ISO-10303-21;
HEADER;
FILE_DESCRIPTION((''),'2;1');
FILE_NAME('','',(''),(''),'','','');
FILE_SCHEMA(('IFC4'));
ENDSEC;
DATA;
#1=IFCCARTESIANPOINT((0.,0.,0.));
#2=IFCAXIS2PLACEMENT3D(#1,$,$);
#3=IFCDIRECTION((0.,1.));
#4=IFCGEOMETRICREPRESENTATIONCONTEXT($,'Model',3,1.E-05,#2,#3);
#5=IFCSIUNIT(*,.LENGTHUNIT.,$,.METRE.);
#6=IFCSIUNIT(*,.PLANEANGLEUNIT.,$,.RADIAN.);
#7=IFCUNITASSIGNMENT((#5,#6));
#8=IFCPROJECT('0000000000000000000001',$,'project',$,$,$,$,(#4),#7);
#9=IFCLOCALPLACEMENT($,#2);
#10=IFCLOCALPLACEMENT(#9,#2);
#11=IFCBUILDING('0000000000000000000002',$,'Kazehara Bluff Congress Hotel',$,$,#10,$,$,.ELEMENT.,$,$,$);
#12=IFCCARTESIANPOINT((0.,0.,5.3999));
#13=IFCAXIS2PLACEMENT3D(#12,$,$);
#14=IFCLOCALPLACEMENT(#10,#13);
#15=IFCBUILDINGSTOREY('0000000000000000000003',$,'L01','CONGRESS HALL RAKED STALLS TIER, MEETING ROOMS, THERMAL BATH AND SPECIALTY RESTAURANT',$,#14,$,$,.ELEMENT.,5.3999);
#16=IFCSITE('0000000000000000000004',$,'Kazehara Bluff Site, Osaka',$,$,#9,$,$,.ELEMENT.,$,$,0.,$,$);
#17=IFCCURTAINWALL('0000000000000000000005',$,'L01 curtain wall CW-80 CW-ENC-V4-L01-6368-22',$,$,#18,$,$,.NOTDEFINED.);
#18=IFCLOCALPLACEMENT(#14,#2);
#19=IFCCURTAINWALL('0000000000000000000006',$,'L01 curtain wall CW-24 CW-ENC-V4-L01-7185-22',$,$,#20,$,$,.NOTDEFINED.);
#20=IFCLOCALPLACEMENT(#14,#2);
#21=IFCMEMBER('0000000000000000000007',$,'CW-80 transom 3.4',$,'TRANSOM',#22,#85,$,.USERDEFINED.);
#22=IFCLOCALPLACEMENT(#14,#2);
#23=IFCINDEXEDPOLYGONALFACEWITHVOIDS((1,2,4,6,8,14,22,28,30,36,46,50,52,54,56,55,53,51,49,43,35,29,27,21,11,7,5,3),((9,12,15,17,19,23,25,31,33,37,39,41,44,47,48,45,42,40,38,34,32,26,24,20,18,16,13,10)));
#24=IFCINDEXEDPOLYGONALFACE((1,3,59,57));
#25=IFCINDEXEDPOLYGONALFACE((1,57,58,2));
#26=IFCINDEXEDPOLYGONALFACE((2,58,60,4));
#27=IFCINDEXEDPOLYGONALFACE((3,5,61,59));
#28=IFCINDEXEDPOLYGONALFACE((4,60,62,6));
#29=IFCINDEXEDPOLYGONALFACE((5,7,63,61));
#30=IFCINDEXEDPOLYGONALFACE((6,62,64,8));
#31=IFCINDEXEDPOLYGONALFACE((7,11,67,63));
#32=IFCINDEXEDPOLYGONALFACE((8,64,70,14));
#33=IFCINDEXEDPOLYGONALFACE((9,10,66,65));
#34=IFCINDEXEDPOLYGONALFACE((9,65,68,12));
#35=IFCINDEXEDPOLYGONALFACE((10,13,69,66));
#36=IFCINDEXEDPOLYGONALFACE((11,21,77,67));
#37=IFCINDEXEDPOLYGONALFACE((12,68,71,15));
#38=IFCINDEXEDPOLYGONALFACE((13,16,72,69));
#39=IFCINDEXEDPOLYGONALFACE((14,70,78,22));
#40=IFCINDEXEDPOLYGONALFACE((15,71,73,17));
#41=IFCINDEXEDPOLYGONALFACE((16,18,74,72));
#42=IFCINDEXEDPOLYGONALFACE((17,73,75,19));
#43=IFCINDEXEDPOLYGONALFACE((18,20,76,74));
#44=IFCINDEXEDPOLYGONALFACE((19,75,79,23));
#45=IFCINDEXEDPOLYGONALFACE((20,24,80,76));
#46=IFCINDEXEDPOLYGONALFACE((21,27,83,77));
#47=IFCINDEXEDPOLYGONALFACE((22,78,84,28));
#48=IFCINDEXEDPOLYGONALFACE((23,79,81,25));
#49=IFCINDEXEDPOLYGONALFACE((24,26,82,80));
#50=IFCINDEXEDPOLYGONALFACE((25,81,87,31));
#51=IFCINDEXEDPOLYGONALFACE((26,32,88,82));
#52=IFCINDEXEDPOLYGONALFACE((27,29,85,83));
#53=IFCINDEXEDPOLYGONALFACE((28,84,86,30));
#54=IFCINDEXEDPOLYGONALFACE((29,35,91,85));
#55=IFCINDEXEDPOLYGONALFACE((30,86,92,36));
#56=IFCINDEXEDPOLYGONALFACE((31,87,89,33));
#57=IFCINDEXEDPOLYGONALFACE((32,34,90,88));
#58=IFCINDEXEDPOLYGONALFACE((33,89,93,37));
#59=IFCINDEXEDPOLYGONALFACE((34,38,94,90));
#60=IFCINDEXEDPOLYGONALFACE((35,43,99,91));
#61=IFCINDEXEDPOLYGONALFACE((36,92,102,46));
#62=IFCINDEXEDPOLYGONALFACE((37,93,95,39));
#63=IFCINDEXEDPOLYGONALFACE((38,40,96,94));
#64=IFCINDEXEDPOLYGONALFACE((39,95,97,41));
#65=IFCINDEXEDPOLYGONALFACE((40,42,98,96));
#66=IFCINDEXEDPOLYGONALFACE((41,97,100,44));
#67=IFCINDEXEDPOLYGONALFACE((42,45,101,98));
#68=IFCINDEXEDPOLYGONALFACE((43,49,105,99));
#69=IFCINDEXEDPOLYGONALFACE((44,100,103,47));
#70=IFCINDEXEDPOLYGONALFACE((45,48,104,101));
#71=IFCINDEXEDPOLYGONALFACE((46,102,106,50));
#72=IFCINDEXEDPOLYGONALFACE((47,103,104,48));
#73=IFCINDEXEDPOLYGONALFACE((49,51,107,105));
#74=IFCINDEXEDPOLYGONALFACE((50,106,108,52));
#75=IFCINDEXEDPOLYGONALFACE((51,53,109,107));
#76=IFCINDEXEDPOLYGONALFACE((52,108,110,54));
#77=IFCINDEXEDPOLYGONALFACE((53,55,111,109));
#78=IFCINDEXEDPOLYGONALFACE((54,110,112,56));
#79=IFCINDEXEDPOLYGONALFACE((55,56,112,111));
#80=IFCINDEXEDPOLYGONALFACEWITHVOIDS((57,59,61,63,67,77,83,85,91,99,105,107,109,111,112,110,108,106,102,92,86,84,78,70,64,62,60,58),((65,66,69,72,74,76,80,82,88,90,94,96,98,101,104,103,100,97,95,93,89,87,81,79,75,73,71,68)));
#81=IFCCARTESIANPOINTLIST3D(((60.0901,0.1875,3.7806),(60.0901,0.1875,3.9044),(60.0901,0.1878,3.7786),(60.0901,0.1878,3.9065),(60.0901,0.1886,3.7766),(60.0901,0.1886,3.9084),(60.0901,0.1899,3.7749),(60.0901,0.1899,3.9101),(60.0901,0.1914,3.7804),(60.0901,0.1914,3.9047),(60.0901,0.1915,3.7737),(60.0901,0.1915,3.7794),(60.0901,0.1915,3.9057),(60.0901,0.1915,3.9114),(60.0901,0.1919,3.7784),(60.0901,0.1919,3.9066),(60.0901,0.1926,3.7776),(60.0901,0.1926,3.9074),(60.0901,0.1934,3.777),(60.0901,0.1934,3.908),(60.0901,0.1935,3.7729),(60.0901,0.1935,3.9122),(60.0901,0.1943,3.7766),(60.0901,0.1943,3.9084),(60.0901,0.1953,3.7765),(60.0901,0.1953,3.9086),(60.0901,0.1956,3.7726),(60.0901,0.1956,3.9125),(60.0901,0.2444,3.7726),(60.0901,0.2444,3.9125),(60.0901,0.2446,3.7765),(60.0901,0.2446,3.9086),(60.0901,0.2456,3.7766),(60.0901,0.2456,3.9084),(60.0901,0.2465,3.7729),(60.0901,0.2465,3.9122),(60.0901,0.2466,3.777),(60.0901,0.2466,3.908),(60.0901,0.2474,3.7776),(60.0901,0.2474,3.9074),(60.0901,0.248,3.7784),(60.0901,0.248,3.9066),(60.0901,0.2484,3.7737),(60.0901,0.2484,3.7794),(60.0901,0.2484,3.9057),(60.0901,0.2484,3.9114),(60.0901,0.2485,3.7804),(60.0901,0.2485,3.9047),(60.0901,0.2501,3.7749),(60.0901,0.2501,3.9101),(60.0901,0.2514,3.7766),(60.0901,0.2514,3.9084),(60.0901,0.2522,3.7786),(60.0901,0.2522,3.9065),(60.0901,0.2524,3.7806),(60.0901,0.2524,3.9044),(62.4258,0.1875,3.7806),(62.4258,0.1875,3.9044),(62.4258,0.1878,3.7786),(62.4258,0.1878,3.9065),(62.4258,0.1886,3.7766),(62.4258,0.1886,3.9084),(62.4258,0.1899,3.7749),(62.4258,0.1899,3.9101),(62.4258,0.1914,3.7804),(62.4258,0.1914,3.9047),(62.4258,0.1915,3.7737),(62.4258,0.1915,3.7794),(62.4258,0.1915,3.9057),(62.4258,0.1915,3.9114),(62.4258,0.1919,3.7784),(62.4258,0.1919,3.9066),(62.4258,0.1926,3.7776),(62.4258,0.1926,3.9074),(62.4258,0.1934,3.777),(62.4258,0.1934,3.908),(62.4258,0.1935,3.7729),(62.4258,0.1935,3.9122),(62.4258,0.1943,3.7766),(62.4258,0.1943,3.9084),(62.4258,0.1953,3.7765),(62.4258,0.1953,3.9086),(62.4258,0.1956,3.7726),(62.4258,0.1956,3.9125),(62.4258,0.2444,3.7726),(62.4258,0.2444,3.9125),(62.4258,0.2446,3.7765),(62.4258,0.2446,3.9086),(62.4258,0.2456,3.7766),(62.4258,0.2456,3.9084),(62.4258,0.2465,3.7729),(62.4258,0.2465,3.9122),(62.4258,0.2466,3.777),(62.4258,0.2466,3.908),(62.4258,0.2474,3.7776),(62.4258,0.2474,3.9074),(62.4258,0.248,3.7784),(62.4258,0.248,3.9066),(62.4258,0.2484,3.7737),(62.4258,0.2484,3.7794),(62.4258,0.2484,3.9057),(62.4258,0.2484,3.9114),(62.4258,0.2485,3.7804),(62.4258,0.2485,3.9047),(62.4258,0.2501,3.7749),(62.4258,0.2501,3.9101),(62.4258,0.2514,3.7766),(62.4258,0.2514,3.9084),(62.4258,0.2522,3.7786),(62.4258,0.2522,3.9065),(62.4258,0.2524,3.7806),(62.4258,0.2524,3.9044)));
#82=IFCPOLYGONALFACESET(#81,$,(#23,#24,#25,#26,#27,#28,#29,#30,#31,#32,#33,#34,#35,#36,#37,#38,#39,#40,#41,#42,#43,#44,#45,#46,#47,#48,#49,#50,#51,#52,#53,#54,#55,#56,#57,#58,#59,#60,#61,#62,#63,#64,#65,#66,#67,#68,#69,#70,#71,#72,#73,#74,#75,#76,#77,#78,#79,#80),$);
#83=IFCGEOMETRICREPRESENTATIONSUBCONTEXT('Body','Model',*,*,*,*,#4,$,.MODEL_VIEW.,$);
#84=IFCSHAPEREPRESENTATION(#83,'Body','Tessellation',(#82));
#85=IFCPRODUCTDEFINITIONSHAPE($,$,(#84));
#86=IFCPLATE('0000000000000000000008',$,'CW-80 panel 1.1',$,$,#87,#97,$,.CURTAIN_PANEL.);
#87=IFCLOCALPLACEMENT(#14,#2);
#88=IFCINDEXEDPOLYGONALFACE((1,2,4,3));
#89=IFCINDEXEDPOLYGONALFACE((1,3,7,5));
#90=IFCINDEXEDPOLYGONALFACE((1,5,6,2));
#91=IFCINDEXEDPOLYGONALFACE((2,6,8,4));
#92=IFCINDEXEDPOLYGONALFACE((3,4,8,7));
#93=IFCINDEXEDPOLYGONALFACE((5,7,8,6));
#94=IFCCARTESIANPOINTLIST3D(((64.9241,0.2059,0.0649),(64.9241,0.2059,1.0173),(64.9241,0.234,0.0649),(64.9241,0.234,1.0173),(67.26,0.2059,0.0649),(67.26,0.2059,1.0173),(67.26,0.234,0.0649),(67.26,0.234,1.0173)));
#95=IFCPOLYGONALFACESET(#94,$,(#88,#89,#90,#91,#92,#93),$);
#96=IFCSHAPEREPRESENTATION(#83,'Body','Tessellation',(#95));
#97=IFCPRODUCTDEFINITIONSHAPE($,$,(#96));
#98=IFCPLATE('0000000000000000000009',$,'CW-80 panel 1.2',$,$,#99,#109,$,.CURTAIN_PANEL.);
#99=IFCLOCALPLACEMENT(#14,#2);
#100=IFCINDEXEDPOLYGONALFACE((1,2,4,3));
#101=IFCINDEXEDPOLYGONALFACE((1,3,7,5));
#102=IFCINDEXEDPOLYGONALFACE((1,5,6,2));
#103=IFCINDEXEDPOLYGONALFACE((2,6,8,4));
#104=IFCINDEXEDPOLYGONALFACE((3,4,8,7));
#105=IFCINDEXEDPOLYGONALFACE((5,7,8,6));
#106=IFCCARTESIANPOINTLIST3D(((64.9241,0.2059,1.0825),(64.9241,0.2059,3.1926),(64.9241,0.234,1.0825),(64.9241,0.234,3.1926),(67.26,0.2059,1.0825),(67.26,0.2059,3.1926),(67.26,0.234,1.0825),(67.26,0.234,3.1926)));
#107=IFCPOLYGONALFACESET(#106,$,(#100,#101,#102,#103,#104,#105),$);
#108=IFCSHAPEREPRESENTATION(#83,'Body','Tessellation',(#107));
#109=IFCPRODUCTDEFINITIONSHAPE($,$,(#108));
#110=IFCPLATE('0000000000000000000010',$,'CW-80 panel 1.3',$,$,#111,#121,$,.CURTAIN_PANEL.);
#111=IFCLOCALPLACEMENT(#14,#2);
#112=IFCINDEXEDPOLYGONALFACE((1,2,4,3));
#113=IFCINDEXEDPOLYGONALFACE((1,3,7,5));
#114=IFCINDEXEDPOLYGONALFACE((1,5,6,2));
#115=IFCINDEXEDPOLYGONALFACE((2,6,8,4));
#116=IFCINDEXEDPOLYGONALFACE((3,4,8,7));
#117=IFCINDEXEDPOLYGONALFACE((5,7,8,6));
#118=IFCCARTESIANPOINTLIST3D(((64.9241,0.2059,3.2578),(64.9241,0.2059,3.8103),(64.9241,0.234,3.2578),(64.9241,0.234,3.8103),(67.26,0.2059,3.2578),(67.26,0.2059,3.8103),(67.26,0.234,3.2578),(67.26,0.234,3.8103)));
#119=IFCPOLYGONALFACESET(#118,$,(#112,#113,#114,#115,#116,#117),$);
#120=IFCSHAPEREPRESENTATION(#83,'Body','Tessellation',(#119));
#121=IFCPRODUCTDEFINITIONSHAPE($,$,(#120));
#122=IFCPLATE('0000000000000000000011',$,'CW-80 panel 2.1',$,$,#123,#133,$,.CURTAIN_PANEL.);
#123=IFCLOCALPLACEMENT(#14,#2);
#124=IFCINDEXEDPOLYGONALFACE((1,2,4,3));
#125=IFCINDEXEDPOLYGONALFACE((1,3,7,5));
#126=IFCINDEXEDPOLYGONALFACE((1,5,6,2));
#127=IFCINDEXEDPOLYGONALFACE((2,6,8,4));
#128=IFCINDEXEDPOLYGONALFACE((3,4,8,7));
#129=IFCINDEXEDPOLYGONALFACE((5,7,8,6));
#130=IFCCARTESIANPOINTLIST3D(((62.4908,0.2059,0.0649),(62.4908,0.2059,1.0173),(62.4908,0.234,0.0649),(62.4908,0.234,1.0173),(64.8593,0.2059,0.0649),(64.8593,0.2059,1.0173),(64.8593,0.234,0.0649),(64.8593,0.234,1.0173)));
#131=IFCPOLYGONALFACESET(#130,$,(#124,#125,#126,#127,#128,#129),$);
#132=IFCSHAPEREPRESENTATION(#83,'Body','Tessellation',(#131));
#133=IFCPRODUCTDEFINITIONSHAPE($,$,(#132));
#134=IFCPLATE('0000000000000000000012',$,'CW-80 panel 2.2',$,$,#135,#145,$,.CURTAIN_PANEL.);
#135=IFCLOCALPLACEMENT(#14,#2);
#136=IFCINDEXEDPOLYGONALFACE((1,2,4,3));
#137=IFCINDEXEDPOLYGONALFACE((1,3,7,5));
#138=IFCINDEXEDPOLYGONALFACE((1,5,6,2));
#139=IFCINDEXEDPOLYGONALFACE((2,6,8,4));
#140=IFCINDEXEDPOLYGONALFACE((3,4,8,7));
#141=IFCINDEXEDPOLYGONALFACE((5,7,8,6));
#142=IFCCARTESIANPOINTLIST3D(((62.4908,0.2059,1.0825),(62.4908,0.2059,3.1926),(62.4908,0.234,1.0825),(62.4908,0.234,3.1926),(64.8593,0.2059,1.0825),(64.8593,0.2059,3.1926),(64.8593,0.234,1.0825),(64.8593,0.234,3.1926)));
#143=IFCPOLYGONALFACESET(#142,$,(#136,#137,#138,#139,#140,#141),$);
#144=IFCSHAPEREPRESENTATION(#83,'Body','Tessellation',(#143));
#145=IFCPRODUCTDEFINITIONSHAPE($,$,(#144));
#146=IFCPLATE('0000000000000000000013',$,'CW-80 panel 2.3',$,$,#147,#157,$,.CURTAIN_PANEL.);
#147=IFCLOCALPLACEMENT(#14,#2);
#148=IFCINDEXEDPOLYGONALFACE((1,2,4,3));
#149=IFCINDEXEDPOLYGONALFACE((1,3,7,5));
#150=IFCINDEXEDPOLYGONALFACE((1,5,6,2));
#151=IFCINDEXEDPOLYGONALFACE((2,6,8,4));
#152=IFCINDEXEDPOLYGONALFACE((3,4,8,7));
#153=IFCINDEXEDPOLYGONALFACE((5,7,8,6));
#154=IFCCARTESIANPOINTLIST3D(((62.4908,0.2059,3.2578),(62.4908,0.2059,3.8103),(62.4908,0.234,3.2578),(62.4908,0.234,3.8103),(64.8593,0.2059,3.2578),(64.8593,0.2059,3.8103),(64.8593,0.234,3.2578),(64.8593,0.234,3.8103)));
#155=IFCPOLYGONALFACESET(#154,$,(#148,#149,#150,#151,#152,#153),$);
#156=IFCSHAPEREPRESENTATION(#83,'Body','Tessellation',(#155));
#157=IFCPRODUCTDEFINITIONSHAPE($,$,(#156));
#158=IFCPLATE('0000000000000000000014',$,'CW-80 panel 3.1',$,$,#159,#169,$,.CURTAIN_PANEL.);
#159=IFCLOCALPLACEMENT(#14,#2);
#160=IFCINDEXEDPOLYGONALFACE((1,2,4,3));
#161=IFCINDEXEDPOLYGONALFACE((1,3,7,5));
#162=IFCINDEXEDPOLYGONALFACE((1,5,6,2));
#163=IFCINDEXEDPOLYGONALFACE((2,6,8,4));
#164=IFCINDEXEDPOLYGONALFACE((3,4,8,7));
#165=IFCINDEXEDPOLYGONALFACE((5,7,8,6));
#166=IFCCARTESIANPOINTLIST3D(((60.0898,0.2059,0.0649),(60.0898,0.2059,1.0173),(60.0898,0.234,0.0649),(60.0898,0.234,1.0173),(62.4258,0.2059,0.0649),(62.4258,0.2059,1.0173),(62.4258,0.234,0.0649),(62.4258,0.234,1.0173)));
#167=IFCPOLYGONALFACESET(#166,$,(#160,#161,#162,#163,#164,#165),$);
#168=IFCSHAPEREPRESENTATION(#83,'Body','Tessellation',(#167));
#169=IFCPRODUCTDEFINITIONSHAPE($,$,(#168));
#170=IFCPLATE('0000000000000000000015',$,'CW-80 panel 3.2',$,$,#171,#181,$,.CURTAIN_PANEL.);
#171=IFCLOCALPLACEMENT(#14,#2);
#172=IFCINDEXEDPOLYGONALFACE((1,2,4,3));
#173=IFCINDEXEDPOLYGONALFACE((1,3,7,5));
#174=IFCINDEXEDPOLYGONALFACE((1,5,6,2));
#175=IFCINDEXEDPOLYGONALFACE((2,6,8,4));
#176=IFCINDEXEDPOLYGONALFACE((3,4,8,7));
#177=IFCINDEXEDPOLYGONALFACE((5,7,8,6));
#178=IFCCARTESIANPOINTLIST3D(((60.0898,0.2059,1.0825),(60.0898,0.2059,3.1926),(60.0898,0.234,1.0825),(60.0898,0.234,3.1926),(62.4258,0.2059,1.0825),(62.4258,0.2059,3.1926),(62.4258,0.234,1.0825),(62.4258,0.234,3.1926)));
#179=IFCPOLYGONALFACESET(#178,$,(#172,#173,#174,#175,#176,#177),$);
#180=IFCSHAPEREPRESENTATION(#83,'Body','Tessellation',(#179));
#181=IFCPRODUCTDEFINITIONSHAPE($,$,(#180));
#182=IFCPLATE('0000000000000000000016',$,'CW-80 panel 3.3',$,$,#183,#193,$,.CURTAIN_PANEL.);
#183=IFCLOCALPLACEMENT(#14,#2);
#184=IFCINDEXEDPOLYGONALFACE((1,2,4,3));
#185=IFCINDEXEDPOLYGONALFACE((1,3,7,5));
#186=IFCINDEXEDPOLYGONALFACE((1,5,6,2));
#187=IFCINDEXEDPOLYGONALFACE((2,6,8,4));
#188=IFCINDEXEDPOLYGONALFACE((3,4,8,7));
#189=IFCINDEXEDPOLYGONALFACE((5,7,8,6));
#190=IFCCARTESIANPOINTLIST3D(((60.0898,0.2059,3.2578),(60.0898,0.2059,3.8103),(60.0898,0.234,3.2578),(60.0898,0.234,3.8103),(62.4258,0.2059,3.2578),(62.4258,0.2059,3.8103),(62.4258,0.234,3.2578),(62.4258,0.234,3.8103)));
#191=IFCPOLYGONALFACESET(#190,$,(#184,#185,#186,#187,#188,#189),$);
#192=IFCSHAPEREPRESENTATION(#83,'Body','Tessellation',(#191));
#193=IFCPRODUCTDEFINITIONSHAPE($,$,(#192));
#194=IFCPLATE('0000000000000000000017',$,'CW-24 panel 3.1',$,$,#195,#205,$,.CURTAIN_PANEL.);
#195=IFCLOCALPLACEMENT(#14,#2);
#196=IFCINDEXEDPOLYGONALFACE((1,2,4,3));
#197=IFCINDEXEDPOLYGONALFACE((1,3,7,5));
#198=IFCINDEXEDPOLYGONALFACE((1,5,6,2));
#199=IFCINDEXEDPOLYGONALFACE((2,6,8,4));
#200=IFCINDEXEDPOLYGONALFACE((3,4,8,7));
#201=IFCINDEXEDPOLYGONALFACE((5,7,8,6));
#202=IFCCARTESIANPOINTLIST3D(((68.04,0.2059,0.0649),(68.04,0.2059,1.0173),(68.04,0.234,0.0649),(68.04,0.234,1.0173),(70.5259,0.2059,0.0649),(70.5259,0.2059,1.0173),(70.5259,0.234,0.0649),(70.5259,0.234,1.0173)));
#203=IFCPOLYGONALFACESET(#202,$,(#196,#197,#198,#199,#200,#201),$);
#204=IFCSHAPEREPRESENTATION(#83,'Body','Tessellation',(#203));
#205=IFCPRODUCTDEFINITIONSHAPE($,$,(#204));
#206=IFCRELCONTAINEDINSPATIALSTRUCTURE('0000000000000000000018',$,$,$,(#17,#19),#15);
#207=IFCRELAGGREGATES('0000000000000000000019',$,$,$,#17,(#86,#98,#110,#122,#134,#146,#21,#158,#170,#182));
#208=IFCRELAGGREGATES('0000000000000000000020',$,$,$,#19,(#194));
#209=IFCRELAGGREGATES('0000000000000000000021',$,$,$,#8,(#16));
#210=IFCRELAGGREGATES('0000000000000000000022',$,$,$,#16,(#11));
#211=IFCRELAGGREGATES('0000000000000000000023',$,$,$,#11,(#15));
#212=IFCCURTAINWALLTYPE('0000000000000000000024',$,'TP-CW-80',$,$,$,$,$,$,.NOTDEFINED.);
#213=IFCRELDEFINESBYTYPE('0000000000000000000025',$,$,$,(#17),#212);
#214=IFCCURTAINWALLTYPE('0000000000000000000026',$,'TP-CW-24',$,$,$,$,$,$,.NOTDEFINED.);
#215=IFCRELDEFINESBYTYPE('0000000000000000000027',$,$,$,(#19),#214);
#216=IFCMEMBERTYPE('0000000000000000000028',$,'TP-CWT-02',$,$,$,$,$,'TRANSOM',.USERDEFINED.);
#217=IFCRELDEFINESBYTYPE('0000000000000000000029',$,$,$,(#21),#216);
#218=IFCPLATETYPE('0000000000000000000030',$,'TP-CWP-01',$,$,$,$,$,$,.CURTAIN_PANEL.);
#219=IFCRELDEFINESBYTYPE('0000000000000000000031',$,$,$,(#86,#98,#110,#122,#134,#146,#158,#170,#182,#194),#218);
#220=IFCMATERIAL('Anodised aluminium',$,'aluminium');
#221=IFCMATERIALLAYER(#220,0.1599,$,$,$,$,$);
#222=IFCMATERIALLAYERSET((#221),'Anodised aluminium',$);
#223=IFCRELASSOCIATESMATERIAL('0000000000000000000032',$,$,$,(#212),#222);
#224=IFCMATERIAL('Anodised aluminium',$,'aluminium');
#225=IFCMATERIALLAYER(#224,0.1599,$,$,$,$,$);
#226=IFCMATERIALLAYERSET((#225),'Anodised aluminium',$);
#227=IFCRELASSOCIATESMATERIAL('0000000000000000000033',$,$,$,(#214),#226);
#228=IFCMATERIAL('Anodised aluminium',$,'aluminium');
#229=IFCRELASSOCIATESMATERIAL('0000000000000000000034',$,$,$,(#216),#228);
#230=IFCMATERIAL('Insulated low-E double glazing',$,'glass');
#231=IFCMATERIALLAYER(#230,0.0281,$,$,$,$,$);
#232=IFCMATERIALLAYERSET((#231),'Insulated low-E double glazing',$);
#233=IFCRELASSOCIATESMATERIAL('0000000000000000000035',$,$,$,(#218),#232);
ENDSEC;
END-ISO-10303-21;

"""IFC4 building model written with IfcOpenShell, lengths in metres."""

from ifc_helpers import new_model, si_unit, direction, frame, origin, origin_2d, place, context, subcontext, project, spatial, rectangle, hollow_rectangle, extrude, material, layer, layer_set, material_profile, profile_set, type_object, element, aggregate, save


model = new_model("IFC4")

# Units and contexts
model_context = context("Model", 3, precision=1e-05, world=origin(), true_north=direction((0.0, 1.0)))
body_context = subcontext(model_context, "Body", "Model", "MODEL_VIEW")
ifc_project = project(units=[si_unit("LENGTHUNIT", "METRE"), si_unit("PLANEANGLEUNIT", "RADIAN")], contexts=[model_context])

# Site, building, storey
site_placement = place(None, origin())
site = spatial("IfcSite", under=ifc_project, at=site_placement, Name="Kazehara Bluff Site, Osaka", CompositionType="ELEMENT", RefElevation=0.0)
building_placement = place(site_placement, origin())
building = spatial("IfcBuilding", under=site, at=building_placement, Name="Kazehara Bluff Congress Hotel", CompositionType="ELEMENT")
storey_placement = place(building_placement, frame((0.0, 0.0, 5.3999)))
storey = spatial("IfcBuildingStorey", under=building, at=storey_placement, Name="L01", Description="CONGRESS HALL RAKED STALLS TIER, MEETING ROOMS, THERMAL BATH AND SPECIALTY RESTAURANT", CompositionType="ELEMENT", Elevation=5.3999)

# Curtain wall
ifc_material_1 = material(Name="Anodised aluminium", Category="aluminium")
ifc_layer_1 = layer(ifc_material_1, 0.1599)
ifc_layer_set_1 = layer_set([ifc_layer_1], Name="Anodised aluminium")
curtain_wall_type_1 = type_object("IfcCurtainWallType", Name="TP-CW-80", PredefinedType="NOTDEFINED", material=ifc_layer_set_1)
curtain_wall_1_placement = place(storey_placement, origin())
curtain_wall_1 = element("IfcCurtainWall", 1, at=curtain_wall_1_placement, inside=storey, type_object=curtain_wall_type_1, Name="L01 curtain wall CW-80 CW-ENC-V4-L01-6368-22", PredefinedType="NOTDEFINED")

# Curtain wall
ifc_material_2 = material(Name="Anodised aluminium", Category="aluminium")
ifc_layer_2 = layer(ifc_material_2, 0.1599)
ifc_layer_set_2 = layer_set([ifc_layer_2], Name="Anodised aluminium")
curtain_wall_type_2 = type_object("IfcCurtainWallType", Name="TP-CW-24", PredefinedType="NOTDEFINED", material=ifc_layer_set_2)
curtain_wall_2_placement = place(storey_placement, origin())
curtain_wall_2 = element("IfcCurtainWall", 2, at=curtain_wall_2_placement, inside=storey, type_object=curtain_wall_type_2, Name="L01 curtain wall CW-24 CW-ENC-V4-L01-7185-22", PredefinedType="NOTDEFINED")

# Member
ifc_material_3 = material(Name="Anodised aluminium", Category="aluminium")
ifc_material_profile_1 = material_profile(ifc_material_3, hollow_rectangle(XDim=0.0649, YDim=0.1399, WallThickness=0.0039, InnerFilletRadius=0.0039, OuterFilletRadius=0.0081, at=origin_2d()))
ifc_profile_set_1 = profile_set([ifc_material_profile_1], Name="Anodised aluminium")
member_type_1 = type_object("IfcMemberType", Name="TP-CWT-02", ElementType="TRANSOM", PredefinedType="USERDEFINED", material=ifc_profile_set_1)
member_1_placement = place(storey_placement, frame((62.4258, 0.22, 3.8425), z_axis=(-1.0, 0.0, 0.0), x_axis=(0.0, -1.0, 0.0)))
member_1 = element("IfcMember", 3, at=member_1_placement, type_object=member_type_1, Name="CW-80 transom 3.4", ObjectType="TRANSOM", PredefinedType="USERDEFINED", context=body_context, shape_type="SweptSolid", body=[
    extrude(hollow_rectangle(XDim=0.0649, YDim=0.1399, WallThickness=0.0039, InnerFilletRadius=0.0039, OuterFilletRadius=0.0081, at=origin_2d()), origin(), (0.0, 0.0, 1.0), 2.3357),
])

# Plates
ifc_material_4 = material(Name="Insulated low-E double glazing", Category="glass")
ifc_layer_3 = layer(ifc_material_4, 0.0281)
ifc_layer_set_3 = layer_set([ifc_layer_3], Name="Insulated low-E double glazing")
plate_type = type_object("IfcPlateType", Name="TP-CWP-01", PredefinedType="CURTAIN_PANEL", material=ifc_layer_set_3)
plate_1_placement = place(storey_placement, frame((66.092, 0.22, 0.0649), z_axis=(0.0, 0.0, 1.0), x_axis=(-1.0, 0.0, 0.0)))
plate_1 = element("IfcPlate", 4, at=plate_1_placement, type_object=plate_type, Name="CW-80 panel 1.1", PredefinedType="CURTAIN_PANEL", context=body_context, shape_type="SweptSolid", body=[
    extrude(rectangle(XDim=2.3359, YDim=0.0281, at=origin_2d()), origin(), (0.0, 0.0, 1.0), 0.9524),
])
plate_2_placement = place(storey_placement, frame((66.092, 0.22, 1.0825), z_axis=(0.0, 0.0, 1.0), x_axis=(-1.0, 0.0, 0.0)))
plate_2 = element("IfcPlate", 5, at=plate_2_placement, type_object=plate_type, Name="CW-80 panel 1.2", PredefinedType="CURTAIN_PANEL", context=body_context, shape_type="SweptSolid", body=[
    extrude(rectangle(XDim=2.3359, YDim=0.0281, at=origin_2d()), origin(), (0.0, 0.0, 1.0), 2.1101),
])
plate_3_placement = place(storey_placement, frame((66.092, 0.22, 3.2578), z_axis=(0.0, 0.0, 1.0), x_axis=(-1.0, 0.0, 0.0)))
plate_3 = element("IfcPlate", 6, at=plate_3_placement, type_object=plate_type, Name="CW-80 panel 1.3", PredefinedType="CURTAIN_PANEL", context=body_context, shape_type="SweptSolid", body=[
    extrude(rectangle(XDim=2.3359, YDim=0.0281, at=origin_2d()), origin(), (0.0, 0.0, 1.0), 0.5525),
])
plate_4_placement = place(storey_placement, frame((63.675, 0.22, 0.0649), z_axis=(0.0, 0.0, 1.0), x_axis=(-1.0, 0.0, 0.0)))
plate_4 = element("IfcPlate", 7, at=plate_4_placement, type_object=plate_type, Name="CW-80 panel 2.1", PredefinedType="CURTAIN_PANEL", context=body_context, shape_type="SweptSolid", body=[
    extrude(rectangle(XDim=2.3684, YDim=0.0281, at=origin_2d()), origin(), (0.0, 0.0, 1.0), 0.9524),
])
plate_5_placement = place(storey_placement, frame((63.675, 0.22, 1.0825), z_axis=(0.0, 0.0, 1.0), x_axis=(-1.0, 0.0, 0.0)))
plate_5 = element("IfcPlate", 8, at=plate_5_placement, type_object=plate_type, Name="CW-80 panel 2.2", PredefinedType="CURTAIN_PANEL", context=body_context, shape_type="SweptSolid", body=[
    extrude(rectangle(XDim=2.3684, YDim=0.0281, at=origin_2d()), origin(), (0.0, 0.0, 1.0), 2.1101),
])
plate_6_placement = place(storey_placement, frame((63.675, 0.22, 3.2578), z_axis=(0.0, 0.0, 1.0), x_axis=(-1.0, 0.0, 0.0)))
plate_6 = element("IfcPlate", 9, at=plate_6_placement, type_object=plate_type, Name="CW-80 panel 2.3", PredefinedType="CURTAIN_PANEL", context=body_context, shape_type="SweptSolid", body=[
    extrude(rectangle(XDim=2.3684, YDim=0.0281, at=origin_2d()), origin(), (0.0, 0.0, 1.0), 0.5525),
])
plate_7_placement = place(storey_placement, frame((61.2578, 0.22, 0.0649), z_axis=(0.0, 0.0, 1.0), x_axis=(-1.0, 0.0, 0.0)))
plate_7 = element("IfcPlate", 10, at=plate_7_placement, type_object=plate_type, Name="CW-80 panel 3.1", PredefinedType="CURTAIN_PANEL", context=body_context, shape_type="SweptSolid", body=[
    extrude(rectangle(XDim=2.3359, YDim=0.0281, at=origin_2d()), origin(), (0.0, 0.0, 1.0), 0.9524),
])
plate_8_placement = place(storey_placement, frame((61.2578, 0.22, 1.0825), z_axis=(0.0, 0.0, 1.0), x_axis=(-1.0, 0.0, 0.0)))
plate_8 = element("IfcPlate", 11, at=plate_8_placement, type_object=plate_type, Name="CW-80 panel 3.2", PredefinedType="CURTAIN_PANEL", context=body_context, shape_type="SweptSolid", body=[
    extrude(rectangle(XDim=2.3359, YDim=0.0281, at=origin_2d()), origin(), (0.0, 0.0, 1.0), 2.1101),
])
plate_9_placement = place(storey_placement, frame((61.2578, 0.22, 3.2578), z_axis=(0.0, 0.0, 1.0), x_axis=(-1.0, 0.0, 0.0)))
plate_9 = element("IfcPlate", 12, at=plate_9_placement, type_object=plate_type, Name="CW-80 panel 3.3", PredefinedType="CURTAIN_PANEL", context=body_context, shape_type="SweptSolid", body=[
    extrude(rectangle(XDim=2.3359, YDim=0.0281, at=origin_2d()), origin(), (0.0, 0.0, 1.0), 0.5525),
])
aggregate(curtain_wall_1, [plate_1, plate_2, plate_3, plate_4, plate_5, plate_6, member_1, plate_7, plate_8, plate_9])
plate_10_placement = place(storey_placement, frame((69.283, 0.22, 0.0649), z_axis=(0.0, 0.0, 1.0), x_axis=(-1.0, 0.0, 0.0)))
plate_10 = element("IfcPlate", 13, at=plate_10_placement, type_object=plate_type, Name="CW-24 panel 3.1", PredefinedType="CURTAIN_PANEL", context=body_context, shape_type="SweptSolid", body=[
    extrude(rectangle(XDim=2.4858, YDim=0.0281, at=origin_2d()), origin(), (0.0, 0.0, 1.0), 0.9524),
])
aggregate(curtain_wall_2, [plate_10])

save(model, "model.ifc")
